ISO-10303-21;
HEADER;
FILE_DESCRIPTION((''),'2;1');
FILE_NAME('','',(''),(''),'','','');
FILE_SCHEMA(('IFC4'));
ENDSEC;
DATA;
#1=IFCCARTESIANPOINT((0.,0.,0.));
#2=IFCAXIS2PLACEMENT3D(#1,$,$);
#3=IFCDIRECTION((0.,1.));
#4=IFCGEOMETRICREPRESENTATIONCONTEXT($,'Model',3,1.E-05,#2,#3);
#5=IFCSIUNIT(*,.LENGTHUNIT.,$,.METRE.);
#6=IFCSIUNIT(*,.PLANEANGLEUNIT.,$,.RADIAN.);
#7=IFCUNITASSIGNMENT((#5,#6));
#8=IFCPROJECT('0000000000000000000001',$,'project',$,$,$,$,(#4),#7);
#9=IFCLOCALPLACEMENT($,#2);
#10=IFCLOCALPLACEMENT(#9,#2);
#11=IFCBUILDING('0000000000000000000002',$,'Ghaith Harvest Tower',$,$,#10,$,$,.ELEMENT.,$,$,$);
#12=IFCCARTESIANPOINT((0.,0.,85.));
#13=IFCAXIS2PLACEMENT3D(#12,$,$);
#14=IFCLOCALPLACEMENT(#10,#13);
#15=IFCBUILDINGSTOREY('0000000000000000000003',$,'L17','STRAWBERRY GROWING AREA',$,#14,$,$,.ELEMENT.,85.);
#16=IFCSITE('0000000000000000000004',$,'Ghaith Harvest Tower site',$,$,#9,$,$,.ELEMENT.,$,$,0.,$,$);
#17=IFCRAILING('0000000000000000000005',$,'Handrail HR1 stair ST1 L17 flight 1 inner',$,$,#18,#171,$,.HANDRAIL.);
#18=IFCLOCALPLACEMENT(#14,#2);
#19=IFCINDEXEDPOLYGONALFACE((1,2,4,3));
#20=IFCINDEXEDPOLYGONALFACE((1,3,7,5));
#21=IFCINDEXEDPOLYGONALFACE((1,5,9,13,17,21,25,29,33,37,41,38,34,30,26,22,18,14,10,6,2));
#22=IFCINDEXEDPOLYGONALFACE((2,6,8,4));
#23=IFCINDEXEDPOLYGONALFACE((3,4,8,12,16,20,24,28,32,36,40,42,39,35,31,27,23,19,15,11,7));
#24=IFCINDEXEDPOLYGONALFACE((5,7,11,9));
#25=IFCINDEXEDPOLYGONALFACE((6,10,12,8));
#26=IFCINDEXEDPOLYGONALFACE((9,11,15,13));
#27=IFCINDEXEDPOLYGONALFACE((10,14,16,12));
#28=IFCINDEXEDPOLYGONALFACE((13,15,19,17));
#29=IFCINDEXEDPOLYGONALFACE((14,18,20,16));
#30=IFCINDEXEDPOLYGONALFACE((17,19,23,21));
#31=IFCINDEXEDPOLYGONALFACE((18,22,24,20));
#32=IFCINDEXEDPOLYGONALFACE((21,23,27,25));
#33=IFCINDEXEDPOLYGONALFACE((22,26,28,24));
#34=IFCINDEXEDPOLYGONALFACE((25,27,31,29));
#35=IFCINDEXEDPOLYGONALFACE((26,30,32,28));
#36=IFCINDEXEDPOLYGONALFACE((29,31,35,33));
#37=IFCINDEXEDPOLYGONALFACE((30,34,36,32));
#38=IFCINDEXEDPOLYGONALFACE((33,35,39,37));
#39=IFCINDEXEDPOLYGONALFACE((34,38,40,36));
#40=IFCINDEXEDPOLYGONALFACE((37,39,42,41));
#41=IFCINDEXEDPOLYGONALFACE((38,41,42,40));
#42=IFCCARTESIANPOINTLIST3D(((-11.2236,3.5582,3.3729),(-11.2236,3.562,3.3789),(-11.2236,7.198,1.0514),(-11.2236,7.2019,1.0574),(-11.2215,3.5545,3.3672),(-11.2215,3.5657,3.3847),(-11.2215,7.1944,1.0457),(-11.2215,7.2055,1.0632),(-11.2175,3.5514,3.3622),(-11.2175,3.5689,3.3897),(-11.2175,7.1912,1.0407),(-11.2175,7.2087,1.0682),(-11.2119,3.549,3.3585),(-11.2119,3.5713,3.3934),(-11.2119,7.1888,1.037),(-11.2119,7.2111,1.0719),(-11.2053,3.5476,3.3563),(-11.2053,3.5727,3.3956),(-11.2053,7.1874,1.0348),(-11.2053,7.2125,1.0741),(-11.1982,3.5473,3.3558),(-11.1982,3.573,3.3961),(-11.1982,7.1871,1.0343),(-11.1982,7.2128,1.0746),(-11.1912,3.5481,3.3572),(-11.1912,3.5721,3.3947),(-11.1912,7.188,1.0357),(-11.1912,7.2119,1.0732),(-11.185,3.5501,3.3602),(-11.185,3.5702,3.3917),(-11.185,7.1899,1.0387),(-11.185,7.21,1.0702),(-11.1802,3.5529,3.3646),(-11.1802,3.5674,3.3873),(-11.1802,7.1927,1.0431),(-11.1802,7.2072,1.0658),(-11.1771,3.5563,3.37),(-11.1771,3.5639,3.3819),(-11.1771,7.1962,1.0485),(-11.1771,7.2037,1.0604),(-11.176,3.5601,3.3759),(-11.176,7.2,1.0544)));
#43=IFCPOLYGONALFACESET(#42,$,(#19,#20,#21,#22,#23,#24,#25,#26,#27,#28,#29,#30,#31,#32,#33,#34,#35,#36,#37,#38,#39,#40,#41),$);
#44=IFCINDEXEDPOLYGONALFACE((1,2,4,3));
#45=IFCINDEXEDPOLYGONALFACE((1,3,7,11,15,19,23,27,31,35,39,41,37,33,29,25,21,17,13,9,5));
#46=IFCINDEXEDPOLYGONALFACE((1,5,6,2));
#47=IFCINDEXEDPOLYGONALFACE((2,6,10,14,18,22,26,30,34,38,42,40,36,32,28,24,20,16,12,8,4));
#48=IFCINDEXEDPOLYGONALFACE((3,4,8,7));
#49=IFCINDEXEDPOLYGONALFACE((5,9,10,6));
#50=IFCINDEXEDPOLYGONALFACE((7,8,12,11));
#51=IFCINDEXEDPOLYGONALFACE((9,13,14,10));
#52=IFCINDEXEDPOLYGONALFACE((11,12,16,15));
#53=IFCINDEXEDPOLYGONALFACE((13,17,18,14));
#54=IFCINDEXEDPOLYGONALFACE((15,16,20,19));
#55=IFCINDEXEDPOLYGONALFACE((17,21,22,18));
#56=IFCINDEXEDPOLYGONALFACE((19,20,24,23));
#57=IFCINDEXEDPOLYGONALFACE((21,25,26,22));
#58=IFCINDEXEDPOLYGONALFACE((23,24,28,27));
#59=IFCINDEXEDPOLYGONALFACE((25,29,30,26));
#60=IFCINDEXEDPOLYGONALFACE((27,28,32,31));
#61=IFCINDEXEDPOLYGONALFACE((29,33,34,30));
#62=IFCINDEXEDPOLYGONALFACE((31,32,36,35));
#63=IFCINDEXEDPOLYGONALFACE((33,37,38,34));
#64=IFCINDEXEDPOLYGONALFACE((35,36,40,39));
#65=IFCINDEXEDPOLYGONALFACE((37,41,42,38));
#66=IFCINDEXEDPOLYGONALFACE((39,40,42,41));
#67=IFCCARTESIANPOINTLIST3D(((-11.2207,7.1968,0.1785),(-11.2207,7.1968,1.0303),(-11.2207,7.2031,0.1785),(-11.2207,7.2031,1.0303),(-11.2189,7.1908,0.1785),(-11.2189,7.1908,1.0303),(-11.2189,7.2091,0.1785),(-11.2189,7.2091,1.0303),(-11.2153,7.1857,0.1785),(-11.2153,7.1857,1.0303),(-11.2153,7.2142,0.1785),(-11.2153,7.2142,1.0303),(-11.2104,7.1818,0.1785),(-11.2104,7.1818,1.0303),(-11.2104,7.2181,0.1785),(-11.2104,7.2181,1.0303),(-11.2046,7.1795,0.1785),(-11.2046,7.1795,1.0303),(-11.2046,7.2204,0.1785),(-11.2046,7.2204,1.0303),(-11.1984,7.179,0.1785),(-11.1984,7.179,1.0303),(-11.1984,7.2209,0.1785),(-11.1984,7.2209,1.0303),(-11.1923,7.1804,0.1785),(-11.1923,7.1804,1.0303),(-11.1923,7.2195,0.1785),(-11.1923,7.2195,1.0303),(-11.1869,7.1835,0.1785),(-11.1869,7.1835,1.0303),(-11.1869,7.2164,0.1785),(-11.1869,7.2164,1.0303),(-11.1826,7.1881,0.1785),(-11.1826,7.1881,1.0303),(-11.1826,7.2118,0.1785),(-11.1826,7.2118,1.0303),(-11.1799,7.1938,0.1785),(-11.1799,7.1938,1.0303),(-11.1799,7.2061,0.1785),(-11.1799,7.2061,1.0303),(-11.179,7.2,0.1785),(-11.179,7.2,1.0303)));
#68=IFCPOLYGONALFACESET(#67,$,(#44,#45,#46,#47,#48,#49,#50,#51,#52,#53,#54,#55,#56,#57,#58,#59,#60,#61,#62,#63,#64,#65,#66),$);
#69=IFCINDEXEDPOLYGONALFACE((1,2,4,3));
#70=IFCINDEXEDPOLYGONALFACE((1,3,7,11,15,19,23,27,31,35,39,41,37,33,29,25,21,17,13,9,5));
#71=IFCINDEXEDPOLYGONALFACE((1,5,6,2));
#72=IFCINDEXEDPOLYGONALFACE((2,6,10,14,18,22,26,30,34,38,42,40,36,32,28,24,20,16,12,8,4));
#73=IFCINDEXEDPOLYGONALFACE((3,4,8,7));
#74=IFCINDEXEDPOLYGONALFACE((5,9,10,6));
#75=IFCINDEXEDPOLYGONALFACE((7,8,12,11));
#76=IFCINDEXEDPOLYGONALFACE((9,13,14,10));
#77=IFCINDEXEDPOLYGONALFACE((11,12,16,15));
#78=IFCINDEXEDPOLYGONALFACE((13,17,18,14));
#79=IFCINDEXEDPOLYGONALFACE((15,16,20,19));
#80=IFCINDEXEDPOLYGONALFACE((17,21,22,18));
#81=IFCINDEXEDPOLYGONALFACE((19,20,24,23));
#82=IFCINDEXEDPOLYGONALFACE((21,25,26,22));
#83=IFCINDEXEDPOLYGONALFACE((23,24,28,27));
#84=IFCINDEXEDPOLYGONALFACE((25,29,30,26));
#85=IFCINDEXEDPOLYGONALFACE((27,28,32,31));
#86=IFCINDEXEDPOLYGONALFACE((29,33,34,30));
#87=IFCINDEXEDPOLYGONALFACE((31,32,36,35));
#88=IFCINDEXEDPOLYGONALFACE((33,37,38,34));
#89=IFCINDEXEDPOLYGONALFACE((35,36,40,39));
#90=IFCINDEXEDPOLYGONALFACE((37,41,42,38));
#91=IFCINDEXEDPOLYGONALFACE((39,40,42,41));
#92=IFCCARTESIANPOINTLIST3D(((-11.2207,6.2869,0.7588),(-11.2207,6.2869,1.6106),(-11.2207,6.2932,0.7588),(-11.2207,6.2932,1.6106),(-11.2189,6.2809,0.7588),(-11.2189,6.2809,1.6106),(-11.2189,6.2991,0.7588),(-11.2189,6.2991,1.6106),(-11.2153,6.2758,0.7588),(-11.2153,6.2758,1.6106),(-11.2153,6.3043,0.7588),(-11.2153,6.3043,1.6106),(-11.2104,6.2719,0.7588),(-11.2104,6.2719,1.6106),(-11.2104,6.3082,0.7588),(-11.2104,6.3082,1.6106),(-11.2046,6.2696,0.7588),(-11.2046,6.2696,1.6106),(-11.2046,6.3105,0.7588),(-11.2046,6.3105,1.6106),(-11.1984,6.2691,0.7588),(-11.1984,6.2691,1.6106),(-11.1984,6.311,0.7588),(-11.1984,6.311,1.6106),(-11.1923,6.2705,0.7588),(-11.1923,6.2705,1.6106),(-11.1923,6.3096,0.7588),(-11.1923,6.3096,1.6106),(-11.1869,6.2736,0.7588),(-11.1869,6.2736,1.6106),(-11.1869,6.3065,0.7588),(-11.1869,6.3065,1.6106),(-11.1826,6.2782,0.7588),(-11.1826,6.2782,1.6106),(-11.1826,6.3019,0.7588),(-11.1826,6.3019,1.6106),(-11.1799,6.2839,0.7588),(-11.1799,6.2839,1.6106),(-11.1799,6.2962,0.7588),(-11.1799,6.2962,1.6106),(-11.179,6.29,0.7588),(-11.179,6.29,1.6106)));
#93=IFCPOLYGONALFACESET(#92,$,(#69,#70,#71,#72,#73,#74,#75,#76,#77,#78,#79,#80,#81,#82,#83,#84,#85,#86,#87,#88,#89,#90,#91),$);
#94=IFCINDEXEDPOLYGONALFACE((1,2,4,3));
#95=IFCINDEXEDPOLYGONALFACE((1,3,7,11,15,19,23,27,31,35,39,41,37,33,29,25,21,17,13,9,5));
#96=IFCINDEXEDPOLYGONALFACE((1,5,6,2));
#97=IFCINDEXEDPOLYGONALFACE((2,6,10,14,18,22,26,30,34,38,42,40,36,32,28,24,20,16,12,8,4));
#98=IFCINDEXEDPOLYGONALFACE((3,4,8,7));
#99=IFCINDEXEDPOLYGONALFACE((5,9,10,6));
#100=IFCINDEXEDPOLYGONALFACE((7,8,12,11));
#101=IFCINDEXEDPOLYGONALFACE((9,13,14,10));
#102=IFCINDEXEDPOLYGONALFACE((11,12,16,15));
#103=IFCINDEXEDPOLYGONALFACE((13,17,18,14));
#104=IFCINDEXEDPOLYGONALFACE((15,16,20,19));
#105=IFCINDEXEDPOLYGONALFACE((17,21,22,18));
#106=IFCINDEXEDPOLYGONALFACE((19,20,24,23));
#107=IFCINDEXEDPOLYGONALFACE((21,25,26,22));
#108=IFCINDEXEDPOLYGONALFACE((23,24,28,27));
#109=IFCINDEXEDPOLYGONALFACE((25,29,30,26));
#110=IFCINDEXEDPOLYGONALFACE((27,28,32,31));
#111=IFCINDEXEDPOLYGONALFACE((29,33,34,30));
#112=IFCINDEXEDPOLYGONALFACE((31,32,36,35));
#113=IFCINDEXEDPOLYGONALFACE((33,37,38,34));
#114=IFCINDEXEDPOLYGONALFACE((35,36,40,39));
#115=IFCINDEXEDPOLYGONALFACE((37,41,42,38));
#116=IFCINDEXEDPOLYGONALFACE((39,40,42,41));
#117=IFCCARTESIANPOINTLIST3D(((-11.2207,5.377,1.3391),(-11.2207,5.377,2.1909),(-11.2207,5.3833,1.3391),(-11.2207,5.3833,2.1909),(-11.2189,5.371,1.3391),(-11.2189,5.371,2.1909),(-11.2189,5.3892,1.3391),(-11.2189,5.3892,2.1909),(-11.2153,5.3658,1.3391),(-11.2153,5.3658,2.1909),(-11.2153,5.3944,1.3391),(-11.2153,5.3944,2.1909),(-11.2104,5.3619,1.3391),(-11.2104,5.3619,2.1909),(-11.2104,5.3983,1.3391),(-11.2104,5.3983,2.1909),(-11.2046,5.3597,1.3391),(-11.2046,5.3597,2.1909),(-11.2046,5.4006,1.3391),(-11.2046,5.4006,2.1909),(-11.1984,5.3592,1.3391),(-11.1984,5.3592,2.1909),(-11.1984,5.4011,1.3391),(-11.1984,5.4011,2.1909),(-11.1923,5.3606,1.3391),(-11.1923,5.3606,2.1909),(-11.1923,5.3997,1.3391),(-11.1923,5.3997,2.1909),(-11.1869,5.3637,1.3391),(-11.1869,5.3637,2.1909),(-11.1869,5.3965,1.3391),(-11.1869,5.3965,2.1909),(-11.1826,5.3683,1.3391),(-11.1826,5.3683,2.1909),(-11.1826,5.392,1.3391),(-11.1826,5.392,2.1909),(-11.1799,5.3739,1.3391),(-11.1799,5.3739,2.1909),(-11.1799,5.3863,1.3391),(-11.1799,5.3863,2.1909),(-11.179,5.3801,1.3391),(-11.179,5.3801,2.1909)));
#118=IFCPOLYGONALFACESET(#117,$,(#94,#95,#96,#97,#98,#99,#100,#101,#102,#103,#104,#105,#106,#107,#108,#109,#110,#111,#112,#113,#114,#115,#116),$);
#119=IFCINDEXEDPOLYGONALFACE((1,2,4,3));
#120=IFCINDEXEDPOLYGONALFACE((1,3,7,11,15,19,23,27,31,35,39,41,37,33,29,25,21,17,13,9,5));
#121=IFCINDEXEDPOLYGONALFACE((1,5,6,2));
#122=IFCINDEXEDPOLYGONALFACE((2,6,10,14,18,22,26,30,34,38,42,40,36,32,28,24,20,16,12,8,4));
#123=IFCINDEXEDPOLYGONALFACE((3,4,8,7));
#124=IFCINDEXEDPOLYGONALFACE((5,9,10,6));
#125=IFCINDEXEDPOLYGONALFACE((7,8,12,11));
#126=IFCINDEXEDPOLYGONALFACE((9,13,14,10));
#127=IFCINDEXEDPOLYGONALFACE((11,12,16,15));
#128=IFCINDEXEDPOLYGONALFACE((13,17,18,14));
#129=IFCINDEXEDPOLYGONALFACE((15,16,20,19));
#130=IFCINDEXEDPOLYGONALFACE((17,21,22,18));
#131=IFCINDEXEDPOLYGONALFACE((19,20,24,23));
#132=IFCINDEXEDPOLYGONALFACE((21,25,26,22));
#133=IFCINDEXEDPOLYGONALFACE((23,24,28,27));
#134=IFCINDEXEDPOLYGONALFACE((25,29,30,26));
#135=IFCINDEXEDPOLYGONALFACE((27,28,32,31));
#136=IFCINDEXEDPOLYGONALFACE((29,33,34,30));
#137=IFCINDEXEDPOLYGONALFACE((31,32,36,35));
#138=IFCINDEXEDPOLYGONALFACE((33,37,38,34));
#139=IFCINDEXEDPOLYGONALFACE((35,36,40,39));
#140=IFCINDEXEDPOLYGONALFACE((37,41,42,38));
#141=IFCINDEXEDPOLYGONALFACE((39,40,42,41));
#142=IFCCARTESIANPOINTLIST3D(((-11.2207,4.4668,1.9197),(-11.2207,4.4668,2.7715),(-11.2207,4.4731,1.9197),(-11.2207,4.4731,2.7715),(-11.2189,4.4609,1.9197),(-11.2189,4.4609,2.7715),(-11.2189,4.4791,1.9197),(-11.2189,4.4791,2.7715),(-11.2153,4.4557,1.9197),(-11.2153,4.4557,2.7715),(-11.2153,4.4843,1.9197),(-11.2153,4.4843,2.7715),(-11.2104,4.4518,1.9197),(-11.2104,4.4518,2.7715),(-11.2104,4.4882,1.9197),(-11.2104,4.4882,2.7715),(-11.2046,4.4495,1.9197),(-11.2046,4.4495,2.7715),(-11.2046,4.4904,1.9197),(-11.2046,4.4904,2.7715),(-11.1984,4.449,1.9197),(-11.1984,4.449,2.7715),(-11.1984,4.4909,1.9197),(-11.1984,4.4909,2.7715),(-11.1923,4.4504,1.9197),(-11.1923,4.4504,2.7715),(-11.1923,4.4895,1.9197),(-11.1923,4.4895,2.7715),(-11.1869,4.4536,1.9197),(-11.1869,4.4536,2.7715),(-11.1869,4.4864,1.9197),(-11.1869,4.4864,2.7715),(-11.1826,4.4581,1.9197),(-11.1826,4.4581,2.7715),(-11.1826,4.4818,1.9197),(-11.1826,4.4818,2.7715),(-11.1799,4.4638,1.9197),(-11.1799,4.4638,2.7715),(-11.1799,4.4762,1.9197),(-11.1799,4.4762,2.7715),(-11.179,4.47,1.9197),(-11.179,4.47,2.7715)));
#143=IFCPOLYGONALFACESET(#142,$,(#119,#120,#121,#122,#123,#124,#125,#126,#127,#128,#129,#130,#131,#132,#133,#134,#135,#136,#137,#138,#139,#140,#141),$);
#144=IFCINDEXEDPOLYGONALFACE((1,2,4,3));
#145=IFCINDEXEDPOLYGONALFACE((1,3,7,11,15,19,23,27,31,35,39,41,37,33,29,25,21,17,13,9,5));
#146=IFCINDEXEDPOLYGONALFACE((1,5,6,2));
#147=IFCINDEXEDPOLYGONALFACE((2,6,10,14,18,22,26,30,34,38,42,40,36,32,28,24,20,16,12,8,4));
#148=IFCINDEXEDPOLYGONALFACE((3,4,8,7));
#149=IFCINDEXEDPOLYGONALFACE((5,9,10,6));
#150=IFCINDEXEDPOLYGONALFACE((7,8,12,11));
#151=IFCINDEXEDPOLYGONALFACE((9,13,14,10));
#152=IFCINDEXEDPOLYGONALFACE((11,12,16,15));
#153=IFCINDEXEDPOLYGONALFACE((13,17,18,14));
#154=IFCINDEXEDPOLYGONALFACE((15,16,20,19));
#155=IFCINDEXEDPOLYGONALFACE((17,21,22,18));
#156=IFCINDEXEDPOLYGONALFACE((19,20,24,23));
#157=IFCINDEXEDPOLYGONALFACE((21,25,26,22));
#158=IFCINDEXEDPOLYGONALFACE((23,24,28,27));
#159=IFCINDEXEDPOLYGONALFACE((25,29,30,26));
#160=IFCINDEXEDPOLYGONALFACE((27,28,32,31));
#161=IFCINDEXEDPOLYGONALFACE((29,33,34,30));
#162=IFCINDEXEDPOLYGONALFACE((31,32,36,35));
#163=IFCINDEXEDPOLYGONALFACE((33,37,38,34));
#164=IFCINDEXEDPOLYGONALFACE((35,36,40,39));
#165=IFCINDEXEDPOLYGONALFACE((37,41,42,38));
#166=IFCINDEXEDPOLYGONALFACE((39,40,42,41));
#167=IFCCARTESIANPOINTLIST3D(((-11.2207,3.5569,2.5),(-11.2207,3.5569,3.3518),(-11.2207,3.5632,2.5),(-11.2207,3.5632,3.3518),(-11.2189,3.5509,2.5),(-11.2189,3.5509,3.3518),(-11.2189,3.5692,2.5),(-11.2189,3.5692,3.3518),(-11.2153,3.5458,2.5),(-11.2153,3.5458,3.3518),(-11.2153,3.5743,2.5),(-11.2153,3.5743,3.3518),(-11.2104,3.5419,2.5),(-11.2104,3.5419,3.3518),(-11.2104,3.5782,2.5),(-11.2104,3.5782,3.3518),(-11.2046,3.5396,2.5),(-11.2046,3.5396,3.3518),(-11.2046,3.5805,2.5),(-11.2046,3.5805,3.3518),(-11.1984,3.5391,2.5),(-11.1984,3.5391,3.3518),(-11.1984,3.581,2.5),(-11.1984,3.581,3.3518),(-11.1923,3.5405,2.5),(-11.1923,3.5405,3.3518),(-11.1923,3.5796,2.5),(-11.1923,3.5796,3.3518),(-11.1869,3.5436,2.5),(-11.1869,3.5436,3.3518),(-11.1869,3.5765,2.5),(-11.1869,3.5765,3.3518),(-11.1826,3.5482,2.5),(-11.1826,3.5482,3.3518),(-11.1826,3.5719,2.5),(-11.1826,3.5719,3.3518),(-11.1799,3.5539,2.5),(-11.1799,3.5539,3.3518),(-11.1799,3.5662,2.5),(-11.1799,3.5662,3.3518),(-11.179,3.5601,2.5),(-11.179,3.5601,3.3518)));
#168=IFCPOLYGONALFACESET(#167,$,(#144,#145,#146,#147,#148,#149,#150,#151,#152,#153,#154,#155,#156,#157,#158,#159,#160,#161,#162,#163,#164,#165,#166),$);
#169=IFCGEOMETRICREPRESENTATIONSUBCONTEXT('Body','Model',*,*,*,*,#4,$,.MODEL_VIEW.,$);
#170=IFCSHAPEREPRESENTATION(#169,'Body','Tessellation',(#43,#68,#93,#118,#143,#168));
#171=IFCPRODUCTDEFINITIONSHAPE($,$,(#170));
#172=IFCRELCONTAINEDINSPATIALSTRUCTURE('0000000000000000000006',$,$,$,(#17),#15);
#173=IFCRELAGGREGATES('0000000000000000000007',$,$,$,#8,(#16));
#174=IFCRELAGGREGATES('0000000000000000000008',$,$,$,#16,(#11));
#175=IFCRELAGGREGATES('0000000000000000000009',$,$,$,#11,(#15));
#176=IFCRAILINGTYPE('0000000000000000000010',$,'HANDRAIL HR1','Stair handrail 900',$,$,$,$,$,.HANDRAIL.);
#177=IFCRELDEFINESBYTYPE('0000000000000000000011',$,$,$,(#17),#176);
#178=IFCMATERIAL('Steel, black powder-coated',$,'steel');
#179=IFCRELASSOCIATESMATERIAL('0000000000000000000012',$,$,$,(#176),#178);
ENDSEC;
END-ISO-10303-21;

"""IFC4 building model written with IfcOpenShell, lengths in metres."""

from ifc_helpers import new_model, si_unit, direction, frame, origin, origin_2d, place, context, subcontext, project, spatial, circle, extrude, material, type_object, element, save


model = new_model("IFC4")

# Units and contexts
model_context = context("Model", 3, precision=1e-05, world=origin(), true_north=direction((0.0, 1.0)))
body_context = subcontext(model_context, "Body", "Model", "MODEL_VIEW")
ifc_project = project(units=[si_unit("LENGTHUNIT", "METRE"), si_unit("PLANEANGLEUNIT", "RADIAN")], contexts=[model_context])

# Site, building, storey
site_placement = place(None, origin())
site = spatial("IfcSite", under=ifc_project, at=site_placement, Name="Ghaith Harvest Tower site", CompositionType="ELEMENT", RefElevation=0.0)
building_placement = place(site_placement, origin())
building = spatial("IfcBuilding", under=site, at=building_placement, Name="Ghaith Harvest Tower", CompositionType="ELEMENT")
storey_placement = place(building_placement, frame((0.0, 0.0, 85.0)))
storey = spatial("IfcBuildingStorey", under=building, at=storey_placement, Name="L17", Description="STRAWBERRY GROWING AREA", CompositionType="ELEMENT", Elevation=85.0)

# Railing
ifc_material_1 = material(Name="Steel, black powder-coated", Category="steel")
railing_type = type_object("IfcRailingType", Name="HANDRAIL HR1", Description="Stair handrail 900", PredefinedType="HANDRAIL", material=ifc_material_1)
railing_1_placement = place(storey_placement, frame((-11.2, 7.2, 0.1785)))
element("IfcRailing", 1, at=railing_1_placement, inside=storey, type_object=railing_type, Name="Handrail HR1 stair ST1 L17 flight 1 inner", PredefinedType="HANDRAIL", context=body_context, shape_type="SweptSolid", body=[
    extrude(circle(Radius=0.0239, at=origin_2d()), frame((0.0, 0.0, 0.876), z_axis=(0.0, -0.843112, 0.537739), x_axis=(1.0, 0.0, 0.0)), (0.0, 0.0, 1.0), 4.3171),
    extrude(circle(Radius=0.021, at=origin_2d()), origin(), (0.0, 0.0, 1.0), 0.8518),
    extrude(circle(Radius=0.021, at=origin_2d()), frame((0.0, -0.9099, 0.5803)), (0.0, 0.0, 1.0), 0.8518),
    extrude(circle(Radius=0.021, at=origin_2d()), frame((0.0, -1.8198, 1.1606)), (0.0, 0.0, 1.0), 0.8518),
    extrude(circle(Radius=0.021, at=origin_2d()), frame((0.0, -2.73, 1.7412)), (0.0, 0.0, 1.0), 0.8518),
    extrude(circle(Radius=0.021, at=origin_2d()), frame((0.0, -3.6399, 2.3215)), (0.0, 0.0, 1.0), 0.8518),
])

save(model, "model.ifc")
